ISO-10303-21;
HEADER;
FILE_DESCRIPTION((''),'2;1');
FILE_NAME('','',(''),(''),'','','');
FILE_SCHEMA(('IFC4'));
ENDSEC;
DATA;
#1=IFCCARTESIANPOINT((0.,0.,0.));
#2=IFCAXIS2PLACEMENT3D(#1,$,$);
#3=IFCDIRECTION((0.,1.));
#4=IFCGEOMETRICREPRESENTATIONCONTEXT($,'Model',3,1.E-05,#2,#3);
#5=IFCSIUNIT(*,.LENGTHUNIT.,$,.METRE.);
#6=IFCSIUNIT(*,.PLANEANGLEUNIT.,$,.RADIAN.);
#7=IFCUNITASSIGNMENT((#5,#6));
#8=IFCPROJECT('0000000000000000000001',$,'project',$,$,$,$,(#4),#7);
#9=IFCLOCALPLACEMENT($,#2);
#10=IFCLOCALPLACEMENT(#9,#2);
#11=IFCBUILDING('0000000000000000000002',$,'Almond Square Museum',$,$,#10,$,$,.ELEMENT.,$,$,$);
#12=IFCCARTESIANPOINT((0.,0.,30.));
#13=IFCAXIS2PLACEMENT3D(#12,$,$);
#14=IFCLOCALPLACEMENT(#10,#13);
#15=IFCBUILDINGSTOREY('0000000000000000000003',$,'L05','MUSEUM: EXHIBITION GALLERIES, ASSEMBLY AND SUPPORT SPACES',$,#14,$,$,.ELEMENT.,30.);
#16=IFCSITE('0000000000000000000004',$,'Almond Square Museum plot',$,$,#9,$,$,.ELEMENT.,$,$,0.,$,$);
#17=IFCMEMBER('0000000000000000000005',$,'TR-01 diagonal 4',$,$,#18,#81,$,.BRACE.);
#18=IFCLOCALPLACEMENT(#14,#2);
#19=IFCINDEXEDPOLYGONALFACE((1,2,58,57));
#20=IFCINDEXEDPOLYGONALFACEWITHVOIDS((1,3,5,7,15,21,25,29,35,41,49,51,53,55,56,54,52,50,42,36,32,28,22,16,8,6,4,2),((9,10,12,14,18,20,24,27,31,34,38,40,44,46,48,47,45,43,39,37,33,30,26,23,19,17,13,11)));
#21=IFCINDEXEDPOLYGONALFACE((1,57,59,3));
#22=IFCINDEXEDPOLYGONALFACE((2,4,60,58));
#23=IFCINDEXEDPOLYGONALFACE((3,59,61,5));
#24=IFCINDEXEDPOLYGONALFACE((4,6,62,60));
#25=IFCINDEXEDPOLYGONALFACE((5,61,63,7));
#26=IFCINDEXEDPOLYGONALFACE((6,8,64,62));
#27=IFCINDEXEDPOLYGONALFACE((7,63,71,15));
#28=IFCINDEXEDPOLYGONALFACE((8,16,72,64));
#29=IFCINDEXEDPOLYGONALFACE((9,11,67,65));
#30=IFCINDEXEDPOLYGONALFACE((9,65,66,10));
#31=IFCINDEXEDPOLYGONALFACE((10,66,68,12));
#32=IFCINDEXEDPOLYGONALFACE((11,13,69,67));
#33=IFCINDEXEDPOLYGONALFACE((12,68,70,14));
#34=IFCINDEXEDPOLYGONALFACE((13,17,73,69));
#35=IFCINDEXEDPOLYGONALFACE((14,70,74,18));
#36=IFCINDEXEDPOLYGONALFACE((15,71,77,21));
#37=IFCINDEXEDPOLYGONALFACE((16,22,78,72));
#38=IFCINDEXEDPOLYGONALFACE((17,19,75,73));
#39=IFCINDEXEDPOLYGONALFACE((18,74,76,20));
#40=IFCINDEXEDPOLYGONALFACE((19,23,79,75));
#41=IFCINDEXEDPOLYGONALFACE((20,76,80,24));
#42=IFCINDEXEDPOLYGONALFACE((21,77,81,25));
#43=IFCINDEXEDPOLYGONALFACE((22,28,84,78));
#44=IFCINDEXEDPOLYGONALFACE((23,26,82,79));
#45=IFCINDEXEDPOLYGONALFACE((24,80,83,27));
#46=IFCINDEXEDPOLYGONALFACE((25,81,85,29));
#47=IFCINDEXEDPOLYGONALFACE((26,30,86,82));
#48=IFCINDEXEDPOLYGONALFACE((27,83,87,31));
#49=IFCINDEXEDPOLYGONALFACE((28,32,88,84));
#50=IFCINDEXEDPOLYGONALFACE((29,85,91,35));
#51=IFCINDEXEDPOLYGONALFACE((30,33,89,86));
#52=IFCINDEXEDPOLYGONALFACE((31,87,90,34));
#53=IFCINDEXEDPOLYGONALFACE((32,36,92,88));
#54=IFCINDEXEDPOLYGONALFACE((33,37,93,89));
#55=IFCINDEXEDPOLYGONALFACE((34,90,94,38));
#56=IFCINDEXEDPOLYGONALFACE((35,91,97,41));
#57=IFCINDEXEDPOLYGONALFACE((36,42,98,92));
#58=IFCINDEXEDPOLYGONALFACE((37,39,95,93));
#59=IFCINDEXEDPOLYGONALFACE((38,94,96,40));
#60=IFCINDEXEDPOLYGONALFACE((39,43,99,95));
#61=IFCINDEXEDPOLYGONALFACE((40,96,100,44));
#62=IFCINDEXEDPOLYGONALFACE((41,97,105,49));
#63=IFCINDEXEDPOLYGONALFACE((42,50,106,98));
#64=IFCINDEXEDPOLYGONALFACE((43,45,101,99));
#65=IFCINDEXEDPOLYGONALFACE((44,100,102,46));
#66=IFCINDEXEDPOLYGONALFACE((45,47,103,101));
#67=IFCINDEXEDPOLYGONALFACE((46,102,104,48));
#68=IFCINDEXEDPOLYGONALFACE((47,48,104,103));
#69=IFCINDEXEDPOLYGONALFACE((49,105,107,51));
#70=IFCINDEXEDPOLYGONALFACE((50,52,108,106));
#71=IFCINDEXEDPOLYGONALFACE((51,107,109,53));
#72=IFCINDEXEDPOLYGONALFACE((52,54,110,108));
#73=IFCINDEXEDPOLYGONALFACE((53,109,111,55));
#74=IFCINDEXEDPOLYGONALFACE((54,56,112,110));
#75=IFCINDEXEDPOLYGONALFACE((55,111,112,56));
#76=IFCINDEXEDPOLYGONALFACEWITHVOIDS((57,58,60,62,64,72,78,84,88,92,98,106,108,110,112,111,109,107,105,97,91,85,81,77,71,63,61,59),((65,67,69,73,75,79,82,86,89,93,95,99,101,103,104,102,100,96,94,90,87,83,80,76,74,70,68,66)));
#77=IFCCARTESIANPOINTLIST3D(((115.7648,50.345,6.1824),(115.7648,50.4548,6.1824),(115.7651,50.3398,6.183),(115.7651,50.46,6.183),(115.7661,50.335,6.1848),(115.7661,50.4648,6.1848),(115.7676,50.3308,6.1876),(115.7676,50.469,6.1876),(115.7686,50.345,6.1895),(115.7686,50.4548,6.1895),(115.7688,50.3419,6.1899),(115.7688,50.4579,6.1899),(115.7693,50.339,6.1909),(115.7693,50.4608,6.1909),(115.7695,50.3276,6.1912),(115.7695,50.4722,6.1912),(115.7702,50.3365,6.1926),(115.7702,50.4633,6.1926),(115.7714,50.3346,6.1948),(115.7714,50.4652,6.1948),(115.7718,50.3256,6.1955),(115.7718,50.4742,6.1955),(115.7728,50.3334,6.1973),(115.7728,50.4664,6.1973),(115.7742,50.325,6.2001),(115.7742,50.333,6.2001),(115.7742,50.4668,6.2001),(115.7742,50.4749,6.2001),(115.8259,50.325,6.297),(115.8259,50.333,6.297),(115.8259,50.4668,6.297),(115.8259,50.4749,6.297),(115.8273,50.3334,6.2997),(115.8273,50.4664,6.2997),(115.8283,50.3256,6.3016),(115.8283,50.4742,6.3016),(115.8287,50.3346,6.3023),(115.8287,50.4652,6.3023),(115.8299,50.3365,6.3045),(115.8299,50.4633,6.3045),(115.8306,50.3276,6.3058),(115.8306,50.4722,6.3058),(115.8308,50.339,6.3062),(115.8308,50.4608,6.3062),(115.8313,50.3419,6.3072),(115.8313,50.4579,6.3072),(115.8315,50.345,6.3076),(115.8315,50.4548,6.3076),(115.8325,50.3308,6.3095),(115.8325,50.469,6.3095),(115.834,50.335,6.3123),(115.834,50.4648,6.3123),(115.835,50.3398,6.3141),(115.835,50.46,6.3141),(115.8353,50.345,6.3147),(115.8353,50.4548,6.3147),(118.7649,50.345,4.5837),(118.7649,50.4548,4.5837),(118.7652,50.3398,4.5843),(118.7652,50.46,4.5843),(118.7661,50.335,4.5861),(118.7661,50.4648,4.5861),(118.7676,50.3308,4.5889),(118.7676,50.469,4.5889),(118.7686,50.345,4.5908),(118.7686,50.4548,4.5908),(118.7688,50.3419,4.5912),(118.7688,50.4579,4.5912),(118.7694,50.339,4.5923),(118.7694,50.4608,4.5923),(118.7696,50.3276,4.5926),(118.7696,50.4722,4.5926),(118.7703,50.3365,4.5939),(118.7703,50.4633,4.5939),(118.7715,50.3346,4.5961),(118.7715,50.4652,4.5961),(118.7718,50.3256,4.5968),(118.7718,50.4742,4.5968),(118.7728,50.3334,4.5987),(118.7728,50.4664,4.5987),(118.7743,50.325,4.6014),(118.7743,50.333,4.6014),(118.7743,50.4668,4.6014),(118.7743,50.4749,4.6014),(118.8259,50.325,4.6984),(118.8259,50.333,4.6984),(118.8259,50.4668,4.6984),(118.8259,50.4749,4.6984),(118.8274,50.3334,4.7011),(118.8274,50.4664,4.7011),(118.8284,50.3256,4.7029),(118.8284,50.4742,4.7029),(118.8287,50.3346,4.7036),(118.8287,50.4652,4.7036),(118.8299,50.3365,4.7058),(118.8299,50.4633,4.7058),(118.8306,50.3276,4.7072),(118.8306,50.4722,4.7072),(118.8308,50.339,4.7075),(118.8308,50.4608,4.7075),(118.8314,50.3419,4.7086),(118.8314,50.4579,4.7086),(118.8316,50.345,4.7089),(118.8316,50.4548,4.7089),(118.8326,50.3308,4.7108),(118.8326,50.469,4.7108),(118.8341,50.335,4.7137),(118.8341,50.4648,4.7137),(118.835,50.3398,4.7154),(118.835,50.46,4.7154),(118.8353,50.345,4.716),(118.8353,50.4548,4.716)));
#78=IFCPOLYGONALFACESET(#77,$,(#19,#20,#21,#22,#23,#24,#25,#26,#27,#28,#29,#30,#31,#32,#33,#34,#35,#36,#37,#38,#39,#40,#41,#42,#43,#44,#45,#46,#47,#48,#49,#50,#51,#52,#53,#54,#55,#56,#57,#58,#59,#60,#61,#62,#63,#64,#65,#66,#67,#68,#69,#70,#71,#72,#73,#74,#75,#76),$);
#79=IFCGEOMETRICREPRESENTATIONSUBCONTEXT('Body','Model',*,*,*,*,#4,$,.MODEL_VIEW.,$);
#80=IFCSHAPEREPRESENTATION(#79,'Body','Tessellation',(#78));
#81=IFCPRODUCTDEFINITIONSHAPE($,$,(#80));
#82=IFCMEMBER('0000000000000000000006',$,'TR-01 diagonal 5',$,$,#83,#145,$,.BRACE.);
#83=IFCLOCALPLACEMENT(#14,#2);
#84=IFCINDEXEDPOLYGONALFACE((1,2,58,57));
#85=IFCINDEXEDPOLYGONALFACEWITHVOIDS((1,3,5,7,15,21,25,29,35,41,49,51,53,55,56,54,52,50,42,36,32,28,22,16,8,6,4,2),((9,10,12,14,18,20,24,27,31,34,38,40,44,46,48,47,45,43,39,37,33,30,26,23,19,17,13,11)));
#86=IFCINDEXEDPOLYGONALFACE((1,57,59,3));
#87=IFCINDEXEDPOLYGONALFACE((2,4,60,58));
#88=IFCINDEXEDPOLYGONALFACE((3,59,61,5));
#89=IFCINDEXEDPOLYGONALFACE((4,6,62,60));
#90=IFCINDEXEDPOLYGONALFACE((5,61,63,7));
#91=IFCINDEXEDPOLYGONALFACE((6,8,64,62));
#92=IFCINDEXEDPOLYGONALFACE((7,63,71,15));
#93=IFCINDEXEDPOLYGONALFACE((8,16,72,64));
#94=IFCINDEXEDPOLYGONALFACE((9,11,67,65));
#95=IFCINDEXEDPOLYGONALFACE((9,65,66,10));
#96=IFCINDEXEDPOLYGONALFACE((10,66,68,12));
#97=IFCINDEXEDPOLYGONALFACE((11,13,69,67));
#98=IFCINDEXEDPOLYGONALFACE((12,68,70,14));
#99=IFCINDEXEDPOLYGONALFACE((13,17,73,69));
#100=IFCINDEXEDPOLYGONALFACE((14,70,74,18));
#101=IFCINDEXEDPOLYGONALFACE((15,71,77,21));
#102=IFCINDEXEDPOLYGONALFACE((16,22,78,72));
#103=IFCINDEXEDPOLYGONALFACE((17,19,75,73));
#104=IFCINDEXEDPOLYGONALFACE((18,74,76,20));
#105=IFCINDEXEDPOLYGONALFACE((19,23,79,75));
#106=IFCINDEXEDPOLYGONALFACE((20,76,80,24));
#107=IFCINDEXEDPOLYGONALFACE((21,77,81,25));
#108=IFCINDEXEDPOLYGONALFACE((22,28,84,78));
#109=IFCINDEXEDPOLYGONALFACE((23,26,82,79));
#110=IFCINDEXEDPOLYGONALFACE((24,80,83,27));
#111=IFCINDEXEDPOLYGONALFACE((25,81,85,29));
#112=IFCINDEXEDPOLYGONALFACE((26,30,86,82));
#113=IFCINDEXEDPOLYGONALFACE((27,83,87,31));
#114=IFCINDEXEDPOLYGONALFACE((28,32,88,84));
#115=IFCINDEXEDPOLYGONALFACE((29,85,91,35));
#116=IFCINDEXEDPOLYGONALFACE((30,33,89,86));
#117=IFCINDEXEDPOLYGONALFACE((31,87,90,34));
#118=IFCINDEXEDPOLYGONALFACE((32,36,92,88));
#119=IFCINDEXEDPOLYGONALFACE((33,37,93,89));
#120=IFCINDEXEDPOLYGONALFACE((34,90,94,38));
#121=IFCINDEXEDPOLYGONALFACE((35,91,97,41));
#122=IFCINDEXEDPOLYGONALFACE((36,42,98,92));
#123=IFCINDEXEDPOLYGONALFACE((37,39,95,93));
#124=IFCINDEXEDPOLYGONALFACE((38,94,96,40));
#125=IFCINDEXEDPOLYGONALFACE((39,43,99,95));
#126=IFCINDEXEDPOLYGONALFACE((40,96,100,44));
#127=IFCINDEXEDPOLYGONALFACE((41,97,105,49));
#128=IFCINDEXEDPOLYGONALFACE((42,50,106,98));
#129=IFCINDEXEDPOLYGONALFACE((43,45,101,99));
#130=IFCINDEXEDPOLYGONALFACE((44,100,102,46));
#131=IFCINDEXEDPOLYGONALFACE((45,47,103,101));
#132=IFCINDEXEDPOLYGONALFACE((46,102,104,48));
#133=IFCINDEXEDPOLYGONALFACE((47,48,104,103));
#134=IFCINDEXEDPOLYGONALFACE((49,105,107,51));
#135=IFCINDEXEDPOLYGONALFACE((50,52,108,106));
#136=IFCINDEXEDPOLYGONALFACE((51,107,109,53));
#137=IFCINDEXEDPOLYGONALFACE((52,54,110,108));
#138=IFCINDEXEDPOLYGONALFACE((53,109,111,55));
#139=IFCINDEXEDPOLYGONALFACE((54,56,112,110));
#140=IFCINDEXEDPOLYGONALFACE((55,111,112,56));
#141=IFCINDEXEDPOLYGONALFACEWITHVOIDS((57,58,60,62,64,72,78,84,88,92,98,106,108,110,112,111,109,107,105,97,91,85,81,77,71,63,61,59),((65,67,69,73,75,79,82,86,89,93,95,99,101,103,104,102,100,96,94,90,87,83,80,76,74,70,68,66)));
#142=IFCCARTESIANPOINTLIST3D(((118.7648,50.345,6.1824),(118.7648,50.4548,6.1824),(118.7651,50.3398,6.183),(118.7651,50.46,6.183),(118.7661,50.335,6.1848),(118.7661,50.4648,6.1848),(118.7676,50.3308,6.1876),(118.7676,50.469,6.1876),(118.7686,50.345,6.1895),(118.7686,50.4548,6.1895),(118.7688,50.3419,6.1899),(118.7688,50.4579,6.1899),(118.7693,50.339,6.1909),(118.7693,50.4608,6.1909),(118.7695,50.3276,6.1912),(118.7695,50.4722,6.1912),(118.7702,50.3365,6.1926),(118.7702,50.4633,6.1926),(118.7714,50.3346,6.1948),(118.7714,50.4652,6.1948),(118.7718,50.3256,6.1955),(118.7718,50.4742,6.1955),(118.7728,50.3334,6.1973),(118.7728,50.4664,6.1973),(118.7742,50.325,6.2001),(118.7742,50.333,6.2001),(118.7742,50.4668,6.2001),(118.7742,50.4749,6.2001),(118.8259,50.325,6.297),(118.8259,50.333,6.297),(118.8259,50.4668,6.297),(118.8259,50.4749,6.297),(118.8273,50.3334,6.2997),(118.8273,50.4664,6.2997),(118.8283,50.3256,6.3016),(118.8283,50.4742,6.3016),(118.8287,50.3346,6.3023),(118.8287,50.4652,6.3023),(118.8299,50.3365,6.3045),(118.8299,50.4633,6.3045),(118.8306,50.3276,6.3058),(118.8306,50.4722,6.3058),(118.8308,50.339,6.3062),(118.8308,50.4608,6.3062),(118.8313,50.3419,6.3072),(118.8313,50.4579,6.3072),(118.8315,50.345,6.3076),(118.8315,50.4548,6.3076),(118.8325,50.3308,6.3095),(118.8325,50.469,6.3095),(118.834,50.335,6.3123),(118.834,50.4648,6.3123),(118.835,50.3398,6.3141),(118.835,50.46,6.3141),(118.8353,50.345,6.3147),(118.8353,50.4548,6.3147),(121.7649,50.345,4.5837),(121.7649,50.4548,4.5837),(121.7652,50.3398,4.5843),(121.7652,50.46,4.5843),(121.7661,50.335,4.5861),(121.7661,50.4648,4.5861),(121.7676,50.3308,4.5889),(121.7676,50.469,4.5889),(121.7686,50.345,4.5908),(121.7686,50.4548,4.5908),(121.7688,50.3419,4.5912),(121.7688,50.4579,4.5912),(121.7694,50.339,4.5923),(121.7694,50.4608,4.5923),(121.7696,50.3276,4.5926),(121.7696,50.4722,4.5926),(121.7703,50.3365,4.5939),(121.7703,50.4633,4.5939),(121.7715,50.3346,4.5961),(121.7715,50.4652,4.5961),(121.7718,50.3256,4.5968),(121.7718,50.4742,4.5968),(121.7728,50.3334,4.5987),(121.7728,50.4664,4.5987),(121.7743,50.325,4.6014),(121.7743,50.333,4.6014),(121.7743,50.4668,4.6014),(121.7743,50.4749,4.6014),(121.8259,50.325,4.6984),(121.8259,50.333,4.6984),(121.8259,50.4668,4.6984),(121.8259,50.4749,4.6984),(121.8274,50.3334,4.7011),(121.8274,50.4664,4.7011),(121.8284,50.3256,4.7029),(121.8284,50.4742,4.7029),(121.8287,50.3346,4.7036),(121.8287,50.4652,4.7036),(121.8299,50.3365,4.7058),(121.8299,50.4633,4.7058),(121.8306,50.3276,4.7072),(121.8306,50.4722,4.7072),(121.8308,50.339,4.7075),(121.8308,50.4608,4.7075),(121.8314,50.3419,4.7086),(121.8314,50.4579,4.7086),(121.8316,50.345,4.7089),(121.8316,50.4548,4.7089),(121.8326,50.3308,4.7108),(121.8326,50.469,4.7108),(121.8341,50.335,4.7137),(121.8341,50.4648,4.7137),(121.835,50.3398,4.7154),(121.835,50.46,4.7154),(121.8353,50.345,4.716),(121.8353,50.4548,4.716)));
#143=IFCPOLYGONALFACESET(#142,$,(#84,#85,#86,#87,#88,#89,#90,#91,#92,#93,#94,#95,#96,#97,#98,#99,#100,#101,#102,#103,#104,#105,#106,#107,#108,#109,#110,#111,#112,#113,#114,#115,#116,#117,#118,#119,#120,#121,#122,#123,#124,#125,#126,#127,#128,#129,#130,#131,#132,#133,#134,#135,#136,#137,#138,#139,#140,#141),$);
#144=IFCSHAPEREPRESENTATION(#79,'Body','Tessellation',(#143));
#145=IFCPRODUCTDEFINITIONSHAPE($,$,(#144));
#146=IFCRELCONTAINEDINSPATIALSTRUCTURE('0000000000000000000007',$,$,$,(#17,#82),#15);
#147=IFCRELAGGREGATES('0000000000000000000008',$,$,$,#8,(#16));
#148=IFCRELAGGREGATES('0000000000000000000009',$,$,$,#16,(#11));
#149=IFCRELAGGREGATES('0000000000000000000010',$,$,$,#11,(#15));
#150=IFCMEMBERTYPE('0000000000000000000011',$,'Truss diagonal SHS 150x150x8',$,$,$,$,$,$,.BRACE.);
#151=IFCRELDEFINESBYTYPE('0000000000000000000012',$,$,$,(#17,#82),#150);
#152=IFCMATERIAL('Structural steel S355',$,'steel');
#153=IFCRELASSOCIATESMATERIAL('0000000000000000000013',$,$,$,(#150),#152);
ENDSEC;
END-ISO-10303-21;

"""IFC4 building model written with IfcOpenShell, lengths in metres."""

from ifc_helpers import new_model, si_unit, direction, frame, origin, origin_2d, place, context, subcontext, project, spatial, hollow_rectangle, extrude, material, material_profile, profile_set, type_object, element, save


model = new_model("IFC4")

# Units and contexts
model_context = context("Model", 3, precision=1e-05, world=origin(), true_north=direction((0.0, 1.0)))
body_context = subcontext(model_context, "Body", "Model", "MODEL_VIEW")
ifc_project = project(units=[si_unit("LENGTHUNIT", "METRE"), si_unit("PLANEANGLEUNIT", "RADIAN")], contexts=[model_context])

# Site, building, storey
site_placement = place(None, origin())
site = spatial("IfcSite", under=ifc_project, at=site_placement, Name="Almond Square Museum plot", CompositionType="ELEMENT", RefElevation=0.0)
building_placement = place(site_placement, origin())
building = spatial("IfcBuilding", under=site, at=building_placement, Name="Almond Square Museum", CompositionType="ELEMENT")
storey_placement = place(building_placement, frame((0.0, 0.0, 30.0)))
storey = spatial("IfcBuildingStorey", under=building, at=storey_placement, Name="L05", Description="MUSEUM: EXHIBITION GALLERIES, ASSEMBLY AND SUPPORT SPACES", CompositionType="ELEMENT", Elevation=30.0)

# Members
ifc_material_1 = material(Name="Structural steel S355", Category="steel")
ifc_material_profile_1 = material_profile(ifc_material_1, hollow_rectangle(XDim=0.1499, YDim=0.1499, WallThickness=0.0081, InnerFilletRadius=0.012, OuterFilletRadius=0.02, at=origin_2d()))
ifc_profile_set_1 = profile_set([ifc_material_profile_1], Name="Structural steel S355")
member_type_1 = type_object("IfcMemberType", Name="Truss diagonal SHS 150x150x8", PredefinedType="BRACE", material=ifc_profile_set_1)
for number, where, z_axis, x_axis, name in (
    (1, (115.8, 50.3999, 6.2485), (0.88252, 0.0, -0.470275), (0.0, 1.0, 0.0), "TR-01 diagonal 4"),
    (2, (118.8, 50.3999, 6.2485), (0.88252, 0.0, -0.470275), (0.0, 1.0, 0.0), "TR-01 diagonal 5"),
):
    element("IfcMember", number, at=place(storey_placement, frame(where, z_axis=z_axis, x_axis=x_axis)), inside=storey, type_object=member_type_1, Name=name, PredefinedType="BRACE", context=body_context, shape_type="SweptSolid", body=[
        extrude(hollow_rectangle(XDim=0.1499, YDim=0.1499, WallThickness=0.0081, InnerFilletRadius=0.012, OuterFilletRadius=0.02, at=origin_2d()), origin(), (0.0, 0.0, 1.0), 3.3994),
    ])

save(model, "model.ifc")
